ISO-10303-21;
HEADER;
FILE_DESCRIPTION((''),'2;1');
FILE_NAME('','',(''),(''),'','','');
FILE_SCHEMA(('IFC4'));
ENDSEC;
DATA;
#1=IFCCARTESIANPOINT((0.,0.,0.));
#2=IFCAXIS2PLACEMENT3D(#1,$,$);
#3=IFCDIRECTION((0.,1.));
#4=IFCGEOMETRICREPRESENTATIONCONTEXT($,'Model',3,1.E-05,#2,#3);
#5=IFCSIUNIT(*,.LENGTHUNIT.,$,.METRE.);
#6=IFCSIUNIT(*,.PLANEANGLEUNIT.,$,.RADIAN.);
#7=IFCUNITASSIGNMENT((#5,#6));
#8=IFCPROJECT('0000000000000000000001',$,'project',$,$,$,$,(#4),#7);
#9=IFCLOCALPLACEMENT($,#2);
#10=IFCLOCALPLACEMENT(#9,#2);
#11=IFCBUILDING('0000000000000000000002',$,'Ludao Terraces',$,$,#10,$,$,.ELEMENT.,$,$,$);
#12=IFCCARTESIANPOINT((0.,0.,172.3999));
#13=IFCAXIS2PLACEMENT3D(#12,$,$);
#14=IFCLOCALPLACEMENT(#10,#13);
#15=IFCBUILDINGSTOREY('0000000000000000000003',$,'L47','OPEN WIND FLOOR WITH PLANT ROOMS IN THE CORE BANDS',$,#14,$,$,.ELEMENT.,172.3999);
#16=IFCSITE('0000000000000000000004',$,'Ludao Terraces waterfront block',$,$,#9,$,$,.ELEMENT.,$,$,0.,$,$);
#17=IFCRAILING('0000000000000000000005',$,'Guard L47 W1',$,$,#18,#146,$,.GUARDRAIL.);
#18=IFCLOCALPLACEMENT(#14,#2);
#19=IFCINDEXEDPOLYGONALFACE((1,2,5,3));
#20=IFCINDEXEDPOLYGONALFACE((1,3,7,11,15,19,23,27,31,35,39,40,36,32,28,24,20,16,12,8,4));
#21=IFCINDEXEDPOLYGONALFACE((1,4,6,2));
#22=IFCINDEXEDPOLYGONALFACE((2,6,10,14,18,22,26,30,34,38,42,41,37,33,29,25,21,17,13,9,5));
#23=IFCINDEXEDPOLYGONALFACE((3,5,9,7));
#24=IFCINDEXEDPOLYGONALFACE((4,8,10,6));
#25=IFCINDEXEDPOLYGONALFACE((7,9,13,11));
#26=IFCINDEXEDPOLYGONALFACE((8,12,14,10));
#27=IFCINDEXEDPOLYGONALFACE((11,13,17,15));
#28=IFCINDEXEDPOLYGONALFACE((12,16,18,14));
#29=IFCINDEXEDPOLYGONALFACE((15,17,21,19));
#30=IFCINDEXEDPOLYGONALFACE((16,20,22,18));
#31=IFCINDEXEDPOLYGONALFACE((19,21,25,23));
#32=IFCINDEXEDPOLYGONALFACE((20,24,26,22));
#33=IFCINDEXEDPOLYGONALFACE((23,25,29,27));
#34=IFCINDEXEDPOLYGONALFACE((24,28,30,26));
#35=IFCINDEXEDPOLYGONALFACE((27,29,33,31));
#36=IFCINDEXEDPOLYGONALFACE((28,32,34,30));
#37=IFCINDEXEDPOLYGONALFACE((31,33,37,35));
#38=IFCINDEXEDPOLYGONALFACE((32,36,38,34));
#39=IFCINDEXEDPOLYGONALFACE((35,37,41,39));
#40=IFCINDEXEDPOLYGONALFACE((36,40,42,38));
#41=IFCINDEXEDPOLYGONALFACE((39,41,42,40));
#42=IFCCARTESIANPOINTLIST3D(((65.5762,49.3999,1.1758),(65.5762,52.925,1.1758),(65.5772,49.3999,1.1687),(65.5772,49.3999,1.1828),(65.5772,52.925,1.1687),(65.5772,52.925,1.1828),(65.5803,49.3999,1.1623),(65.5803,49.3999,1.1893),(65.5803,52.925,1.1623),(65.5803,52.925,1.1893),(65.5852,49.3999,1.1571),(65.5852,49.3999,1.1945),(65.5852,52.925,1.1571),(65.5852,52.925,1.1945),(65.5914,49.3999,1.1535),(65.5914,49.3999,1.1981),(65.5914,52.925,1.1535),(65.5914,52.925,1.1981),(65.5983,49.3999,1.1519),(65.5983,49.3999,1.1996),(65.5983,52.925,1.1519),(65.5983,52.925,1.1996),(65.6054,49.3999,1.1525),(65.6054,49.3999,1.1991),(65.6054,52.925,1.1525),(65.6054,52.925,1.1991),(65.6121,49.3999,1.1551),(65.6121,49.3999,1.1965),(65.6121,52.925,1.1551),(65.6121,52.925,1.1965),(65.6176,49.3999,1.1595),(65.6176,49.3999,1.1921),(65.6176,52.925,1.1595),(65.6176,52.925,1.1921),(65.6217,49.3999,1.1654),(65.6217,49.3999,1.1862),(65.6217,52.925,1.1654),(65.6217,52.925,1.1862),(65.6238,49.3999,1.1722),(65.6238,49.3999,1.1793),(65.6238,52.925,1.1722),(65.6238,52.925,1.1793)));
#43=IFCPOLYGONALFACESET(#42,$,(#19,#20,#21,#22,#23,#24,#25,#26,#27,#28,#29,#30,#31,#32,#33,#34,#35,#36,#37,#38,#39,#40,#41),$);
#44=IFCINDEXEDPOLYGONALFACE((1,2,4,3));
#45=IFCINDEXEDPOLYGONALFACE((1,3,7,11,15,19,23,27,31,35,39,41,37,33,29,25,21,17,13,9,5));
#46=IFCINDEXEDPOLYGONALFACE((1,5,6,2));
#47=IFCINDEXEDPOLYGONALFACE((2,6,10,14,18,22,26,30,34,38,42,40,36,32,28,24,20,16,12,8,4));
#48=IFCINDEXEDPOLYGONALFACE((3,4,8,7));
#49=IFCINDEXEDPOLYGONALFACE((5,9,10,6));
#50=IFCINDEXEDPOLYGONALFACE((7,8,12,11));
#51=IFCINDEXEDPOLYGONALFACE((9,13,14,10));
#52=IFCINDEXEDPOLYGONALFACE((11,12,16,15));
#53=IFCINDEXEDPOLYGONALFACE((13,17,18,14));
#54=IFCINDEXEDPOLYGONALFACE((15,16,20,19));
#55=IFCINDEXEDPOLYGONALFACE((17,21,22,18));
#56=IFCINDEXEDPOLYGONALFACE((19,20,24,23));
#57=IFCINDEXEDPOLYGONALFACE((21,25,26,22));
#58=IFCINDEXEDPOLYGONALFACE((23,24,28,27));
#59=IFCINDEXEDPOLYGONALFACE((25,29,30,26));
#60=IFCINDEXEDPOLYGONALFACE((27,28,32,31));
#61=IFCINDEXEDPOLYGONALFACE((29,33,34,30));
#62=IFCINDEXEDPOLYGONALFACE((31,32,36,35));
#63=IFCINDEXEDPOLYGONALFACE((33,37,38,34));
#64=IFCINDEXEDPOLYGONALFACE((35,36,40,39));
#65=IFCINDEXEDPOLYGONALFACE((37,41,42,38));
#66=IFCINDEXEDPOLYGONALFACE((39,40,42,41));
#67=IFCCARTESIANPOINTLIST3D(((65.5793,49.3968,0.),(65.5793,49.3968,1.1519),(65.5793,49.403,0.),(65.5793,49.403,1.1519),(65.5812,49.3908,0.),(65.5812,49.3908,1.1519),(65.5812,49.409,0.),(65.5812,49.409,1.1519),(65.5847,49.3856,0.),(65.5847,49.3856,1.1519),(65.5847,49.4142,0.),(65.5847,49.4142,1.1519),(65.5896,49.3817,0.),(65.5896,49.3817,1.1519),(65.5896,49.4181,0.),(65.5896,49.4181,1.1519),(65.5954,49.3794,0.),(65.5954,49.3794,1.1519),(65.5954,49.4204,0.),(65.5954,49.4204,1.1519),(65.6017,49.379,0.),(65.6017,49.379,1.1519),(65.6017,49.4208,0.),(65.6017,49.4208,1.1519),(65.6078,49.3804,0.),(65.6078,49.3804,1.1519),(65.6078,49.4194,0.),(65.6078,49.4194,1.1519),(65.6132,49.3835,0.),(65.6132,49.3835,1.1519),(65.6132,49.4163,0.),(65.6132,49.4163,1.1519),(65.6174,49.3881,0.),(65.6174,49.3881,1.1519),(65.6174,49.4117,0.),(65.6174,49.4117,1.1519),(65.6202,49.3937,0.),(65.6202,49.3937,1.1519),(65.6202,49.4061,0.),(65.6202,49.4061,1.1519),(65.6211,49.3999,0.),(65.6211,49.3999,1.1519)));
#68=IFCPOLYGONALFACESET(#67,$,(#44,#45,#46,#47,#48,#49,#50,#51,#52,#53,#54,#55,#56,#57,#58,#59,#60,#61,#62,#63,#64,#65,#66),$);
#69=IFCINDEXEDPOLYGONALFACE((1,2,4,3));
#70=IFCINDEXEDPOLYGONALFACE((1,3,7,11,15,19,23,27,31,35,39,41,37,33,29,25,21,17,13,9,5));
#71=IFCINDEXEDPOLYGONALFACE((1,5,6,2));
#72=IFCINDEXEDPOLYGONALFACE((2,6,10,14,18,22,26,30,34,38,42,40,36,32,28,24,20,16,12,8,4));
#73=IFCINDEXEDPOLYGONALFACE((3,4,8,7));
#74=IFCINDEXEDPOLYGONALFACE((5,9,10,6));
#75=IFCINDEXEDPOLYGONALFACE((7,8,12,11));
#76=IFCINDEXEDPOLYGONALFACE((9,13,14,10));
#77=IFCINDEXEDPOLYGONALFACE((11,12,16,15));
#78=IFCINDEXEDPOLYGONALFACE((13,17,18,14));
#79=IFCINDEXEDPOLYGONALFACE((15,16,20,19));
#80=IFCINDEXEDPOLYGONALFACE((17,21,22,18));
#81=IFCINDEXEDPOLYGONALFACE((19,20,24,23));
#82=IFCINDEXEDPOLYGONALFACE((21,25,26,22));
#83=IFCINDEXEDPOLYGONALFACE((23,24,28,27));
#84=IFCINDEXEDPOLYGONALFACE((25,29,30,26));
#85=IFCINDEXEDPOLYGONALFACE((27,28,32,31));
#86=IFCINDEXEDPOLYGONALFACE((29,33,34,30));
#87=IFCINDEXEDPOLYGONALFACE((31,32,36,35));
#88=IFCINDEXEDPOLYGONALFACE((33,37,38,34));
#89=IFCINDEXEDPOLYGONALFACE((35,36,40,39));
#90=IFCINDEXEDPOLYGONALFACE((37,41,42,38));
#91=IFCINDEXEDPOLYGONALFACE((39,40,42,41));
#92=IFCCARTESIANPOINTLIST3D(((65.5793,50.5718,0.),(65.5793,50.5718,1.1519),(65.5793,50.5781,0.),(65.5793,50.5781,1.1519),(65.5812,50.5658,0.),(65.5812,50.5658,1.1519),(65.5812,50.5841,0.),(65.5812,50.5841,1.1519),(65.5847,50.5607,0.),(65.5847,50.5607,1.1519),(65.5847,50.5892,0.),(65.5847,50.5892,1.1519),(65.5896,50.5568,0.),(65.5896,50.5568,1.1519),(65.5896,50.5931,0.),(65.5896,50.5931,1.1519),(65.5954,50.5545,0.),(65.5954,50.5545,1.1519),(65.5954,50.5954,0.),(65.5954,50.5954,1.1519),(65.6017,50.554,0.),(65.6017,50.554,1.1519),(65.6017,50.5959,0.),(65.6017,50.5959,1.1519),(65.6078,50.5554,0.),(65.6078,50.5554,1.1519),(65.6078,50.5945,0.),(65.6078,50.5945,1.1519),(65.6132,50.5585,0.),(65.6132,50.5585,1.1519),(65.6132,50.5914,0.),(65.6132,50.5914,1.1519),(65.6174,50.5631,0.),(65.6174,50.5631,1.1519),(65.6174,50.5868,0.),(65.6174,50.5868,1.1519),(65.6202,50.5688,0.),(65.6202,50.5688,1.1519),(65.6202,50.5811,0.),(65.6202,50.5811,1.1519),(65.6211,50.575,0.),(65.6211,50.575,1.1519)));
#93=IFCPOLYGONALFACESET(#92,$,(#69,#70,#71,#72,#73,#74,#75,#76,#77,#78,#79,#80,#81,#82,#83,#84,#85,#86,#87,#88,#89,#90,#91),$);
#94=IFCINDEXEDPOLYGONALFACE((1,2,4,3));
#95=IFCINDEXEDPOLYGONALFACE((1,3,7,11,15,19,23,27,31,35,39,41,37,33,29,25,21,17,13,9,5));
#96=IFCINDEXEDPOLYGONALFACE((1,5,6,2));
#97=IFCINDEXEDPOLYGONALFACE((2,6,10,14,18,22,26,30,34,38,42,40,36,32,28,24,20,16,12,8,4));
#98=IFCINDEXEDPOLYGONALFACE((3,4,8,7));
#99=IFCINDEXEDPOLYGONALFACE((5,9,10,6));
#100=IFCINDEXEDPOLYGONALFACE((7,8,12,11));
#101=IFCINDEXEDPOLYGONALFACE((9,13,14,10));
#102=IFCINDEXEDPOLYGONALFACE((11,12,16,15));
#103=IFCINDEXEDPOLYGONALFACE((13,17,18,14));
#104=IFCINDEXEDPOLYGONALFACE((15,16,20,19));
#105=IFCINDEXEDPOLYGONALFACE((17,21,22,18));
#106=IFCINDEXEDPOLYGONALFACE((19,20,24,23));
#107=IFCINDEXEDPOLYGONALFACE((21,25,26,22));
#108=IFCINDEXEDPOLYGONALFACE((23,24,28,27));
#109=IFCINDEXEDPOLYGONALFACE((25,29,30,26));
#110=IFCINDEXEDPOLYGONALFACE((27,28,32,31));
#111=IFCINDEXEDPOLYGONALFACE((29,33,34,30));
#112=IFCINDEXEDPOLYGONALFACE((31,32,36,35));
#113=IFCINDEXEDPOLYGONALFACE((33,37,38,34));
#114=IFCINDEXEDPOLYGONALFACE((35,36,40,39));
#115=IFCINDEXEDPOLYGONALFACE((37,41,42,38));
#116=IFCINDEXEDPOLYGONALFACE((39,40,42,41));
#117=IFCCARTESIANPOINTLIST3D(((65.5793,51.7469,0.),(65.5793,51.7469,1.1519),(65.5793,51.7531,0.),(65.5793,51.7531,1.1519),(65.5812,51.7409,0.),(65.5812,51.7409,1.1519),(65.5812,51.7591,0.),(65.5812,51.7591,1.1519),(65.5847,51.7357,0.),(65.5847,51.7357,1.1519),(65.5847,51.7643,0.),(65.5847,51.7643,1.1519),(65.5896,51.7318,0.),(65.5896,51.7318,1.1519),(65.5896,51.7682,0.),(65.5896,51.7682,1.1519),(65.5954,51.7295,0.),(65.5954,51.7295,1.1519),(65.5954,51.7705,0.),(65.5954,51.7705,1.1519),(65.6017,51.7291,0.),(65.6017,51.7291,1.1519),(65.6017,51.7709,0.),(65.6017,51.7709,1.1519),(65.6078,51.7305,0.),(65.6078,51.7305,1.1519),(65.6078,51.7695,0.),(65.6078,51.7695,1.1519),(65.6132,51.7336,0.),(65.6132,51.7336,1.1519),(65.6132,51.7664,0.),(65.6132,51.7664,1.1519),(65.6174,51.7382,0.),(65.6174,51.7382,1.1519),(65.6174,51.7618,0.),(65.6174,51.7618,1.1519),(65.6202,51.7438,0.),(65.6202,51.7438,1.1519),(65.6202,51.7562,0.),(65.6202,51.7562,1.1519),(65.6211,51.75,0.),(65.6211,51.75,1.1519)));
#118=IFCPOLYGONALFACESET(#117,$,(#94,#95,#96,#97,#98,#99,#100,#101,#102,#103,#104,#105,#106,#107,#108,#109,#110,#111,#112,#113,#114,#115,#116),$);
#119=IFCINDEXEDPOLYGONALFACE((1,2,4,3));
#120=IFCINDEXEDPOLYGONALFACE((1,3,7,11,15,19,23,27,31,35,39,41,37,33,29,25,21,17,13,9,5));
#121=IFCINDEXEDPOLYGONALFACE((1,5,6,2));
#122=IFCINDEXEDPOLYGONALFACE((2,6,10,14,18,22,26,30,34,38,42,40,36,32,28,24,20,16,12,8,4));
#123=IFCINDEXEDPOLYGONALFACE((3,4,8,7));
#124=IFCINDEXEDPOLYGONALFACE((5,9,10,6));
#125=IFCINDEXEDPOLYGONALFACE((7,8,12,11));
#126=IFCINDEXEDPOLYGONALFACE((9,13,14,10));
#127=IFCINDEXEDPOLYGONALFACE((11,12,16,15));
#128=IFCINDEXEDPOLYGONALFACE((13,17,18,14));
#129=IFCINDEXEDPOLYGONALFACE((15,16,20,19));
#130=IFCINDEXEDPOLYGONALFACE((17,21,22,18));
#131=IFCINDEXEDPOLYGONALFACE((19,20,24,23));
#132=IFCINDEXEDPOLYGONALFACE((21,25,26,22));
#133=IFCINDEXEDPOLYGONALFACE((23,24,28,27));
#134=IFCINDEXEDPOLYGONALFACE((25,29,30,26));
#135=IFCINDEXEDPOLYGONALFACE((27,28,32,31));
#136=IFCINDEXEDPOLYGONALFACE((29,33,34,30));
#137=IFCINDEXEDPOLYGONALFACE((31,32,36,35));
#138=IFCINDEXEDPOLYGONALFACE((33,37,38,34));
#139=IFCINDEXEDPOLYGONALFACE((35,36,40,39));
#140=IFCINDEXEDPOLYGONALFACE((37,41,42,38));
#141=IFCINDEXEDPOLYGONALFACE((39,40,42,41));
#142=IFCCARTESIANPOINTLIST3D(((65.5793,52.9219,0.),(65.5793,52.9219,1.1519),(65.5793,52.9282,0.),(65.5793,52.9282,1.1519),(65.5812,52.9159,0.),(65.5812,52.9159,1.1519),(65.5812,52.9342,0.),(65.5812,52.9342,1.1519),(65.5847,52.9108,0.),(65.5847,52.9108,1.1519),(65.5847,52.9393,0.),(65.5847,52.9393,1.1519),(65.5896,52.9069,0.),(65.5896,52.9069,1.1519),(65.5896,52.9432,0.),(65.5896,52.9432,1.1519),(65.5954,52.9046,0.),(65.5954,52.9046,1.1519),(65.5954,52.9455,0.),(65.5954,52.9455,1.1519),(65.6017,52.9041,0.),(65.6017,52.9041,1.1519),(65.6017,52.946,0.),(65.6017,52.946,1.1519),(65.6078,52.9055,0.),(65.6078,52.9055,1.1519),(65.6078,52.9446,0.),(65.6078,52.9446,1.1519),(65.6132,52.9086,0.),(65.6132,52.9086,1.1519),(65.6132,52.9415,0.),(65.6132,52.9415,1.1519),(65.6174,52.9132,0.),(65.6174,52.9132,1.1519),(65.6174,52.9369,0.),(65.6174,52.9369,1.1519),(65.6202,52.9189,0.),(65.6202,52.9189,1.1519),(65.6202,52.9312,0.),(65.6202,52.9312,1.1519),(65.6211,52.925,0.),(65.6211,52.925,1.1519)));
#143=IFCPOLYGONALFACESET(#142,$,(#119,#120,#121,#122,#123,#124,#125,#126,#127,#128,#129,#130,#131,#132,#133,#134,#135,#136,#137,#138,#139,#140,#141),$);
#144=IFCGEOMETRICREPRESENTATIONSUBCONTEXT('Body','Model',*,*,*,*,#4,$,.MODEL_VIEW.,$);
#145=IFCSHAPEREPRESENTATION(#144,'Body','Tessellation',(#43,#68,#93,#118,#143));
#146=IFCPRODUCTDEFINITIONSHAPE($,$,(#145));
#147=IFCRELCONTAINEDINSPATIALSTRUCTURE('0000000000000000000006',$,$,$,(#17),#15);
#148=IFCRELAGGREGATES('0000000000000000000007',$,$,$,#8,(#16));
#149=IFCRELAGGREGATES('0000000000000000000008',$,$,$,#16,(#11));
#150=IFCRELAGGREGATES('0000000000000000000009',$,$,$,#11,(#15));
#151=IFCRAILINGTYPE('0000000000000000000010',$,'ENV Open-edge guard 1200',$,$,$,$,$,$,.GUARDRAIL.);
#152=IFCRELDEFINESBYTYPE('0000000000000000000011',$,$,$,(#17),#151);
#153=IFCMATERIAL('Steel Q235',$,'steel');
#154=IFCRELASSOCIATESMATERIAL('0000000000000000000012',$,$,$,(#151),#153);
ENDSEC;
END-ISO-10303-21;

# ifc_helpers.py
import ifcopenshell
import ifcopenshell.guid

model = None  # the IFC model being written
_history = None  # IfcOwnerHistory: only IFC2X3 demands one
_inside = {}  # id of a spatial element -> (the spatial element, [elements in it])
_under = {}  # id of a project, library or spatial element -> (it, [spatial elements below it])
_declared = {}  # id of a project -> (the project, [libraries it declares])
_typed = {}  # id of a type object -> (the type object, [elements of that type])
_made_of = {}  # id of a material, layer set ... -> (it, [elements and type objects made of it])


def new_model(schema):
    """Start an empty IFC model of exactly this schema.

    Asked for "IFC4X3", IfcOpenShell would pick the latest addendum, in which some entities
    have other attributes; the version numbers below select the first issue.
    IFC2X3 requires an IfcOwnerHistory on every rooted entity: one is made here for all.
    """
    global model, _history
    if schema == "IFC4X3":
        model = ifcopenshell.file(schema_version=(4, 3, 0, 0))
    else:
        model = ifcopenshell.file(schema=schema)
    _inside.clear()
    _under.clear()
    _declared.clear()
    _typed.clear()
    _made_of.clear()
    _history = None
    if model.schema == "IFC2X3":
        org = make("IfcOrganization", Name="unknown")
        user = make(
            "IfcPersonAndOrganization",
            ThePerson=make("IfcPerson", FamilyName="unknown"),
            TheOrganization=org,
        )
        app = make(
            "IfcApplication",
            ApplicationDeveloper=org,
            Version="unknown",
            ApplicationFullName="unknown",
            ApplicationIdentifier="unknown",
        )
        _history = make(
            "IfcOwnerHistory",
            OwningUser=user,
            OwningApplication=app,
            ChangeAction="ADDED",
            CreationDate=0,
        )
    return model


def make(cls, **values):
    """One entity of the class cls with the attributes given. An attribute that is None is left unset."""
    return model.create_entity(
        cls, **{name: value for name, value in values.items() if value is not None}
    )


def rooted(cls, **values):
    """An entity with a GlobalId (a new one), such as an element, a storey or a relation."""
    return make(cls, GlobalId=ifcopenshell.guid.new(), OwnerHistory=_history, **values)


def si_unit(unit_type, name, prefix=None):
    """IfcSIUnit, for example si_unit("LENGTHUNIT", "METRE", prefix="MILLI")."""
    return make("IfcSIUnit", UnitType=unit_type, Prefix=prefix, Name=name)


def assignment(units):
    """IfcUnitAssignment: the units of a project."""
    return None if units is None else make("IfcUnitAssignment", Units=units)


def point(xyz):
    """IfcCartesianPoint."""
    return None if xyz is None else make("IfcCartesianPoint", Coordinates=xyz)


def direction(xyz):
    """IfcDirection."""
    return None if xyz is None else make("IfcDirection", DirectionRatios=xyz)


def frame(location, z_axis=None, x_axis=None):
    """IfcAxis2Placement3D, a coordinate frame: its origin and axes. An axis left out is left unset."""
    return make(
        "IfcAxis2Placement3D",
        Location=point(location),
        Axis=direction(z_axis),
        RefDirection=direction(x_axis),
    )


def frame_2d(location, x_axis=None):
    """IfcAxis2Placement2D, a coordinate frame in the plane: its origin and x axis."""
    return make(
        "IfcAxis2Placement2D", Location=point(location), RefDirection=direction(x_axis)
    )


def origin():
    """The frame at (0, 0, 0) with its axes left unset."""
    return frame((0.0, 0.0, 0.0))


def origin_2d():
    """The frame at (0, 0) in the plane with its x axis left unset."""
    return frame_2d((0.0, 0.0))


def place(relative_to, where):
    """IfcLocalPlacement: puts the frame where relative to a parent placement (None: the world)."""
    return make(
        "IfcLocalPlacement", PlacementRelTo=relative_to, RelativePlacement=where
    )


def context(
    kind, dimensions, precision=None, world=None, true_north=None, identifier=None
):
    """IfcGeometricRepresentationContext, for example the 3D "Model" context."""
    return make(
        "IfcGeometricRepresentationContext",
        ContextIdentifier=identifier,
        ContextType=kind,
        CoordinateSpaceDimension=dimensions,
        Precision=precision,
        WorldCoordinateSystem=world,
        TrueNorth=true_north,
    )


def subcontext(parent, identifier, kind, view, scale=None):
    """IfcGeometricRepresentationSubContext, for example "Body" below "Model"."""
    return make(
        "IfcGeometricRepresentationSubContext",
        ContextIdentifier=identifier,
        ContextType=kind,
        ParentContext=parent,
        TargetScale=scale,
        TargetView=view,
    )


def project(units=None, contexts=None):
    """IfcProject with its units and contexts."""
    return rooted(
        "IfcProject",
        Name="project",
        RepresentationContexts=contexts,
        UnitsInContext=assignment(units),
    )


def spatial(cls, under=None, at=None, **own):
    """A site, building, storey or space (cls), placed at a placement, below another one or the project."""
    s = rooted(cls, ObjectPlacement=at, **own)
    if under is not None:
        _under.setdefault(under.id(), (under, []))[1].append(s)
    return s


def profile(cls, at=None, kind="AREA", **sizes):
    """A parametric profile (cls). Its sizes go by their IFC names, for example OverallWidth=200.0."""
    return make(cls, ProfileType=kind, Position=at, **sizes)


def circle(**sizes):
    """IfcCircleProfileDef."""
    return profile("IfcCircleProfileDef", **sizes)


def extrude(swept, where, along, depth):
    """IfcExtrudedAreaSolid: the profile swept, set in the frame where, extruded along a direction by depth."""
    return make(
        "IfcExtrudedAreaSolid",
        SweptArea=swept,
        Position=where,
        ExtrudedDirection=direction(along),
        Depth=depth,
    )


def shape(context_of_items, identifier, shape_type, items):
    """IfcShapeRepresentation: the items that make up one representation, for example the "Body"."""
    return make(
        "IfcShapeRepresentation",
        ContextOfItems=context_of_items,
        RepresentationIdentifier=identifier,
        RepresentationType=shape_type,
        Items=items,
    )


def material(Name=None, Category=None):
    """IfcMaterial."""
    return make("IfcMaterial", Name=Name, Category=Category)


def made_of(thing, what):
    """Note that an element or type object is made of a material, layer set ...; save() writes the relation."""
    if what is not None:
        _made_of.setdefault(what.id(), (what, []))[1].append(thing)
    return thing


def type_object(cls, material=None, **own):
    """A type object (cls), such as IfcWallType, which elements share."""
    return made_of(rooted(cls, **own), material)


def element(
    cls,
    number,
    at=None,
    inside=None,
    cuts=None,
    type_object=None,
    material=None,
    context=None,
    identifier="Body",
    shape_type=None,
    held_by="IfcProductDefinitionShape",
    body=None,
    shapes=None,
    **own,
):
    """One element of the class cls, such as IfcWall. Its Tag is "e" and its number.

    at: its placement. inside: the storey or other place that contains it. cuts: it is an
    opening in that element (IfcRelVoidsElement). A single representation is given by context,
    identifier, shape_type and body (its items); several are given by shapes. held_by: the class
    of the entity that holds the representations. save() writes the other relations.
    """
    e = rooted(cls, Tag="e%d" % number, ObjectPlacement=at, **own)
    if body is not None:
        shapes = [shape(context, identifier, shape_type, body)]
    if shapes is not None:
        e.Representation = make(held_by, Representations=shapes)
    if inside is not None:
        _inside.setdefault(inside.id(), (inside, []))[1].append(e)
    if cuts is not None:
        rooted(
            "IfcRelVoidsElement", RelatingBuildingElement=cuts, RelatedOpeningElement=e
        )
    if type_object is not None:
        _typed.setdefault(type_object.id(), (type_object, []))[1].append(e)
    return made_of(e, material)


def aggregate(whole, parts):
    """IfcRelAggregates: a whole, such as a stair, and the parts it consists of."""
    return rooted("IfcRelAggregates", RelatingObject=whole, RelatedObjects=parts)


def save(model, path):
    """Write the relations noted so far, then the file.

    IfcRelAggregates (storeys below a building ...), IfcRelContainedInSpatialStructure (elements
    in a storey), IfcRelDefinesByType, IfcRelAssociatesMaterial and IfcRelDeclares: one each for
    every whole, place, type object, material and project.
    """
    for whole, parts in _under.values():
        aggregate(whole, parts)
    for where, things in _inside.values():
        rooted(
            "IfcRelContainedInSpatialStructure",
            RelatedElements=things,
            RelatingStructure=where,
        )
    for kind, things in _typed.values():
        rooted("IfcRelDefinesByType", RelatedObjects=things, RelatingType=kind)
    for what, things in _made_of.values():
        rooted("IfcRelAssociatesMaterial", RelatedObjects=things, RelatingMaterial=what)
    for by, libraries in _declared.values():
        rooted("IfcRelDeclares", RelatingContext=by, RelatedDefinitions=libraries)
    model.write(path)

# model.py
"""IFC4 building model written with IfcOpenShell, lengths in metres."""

from ifc_helpers import new_model, si_unit, direction, frame, origin, origin_2d, place, context, subcontext, project, spatial, circle, extrude, material, type_object, element, save


model = new_model("IFC4")

# Units and contexts
model_context = context("Model", 3, precision=1e-05, world=origin(), true_north=direction((0.0, 1.0)))
body_context = subcontext(model_context, "Body", "Model", "MODEL_VIEW")
ifc_project = project(units=[si_unit("LENGTHUNIT", "METRE"), si_unit("PLANEANGLEUNIT", "RADIAN")], contexts=[model_context])

# Site, building, storey
site_placement = place(None, origin())
site = spatial("IfcSite", under=ifc_project, at=site_placement, Name="Ludao Terraces waterfront block", CompositionType="ELEMENT", RefElevation=0.0)
building_placement = place(site_placement, origin())
building = spatial("IfcBuilding", under=site, at=building_placement, Name="Ludao Terraces", CompositionType="ELEMENT")
storey_placement = place(building_placement, frame((0.0, 0.0, 172.3999)))
storey = spatial("IfcBuildingStorey", under=building, at=storey_placement, Name="L47", Description="OPEN WIND FLOOR WITH PLANT ROOMS IN THE CORE BANDS", CompositionType="ELEMENT", Elevation=172.3999)

# Railing
ifc_material_1 = material(Name="Steel Q235", Category="steel")
railing_type = type_object("IfcRailingType", Name="ENV Open-edge guard 1200", PredefinedType="GUARDRAIL", material=ifc_material_1)
railing_1_placement = place(storey_placement, frame((65.6001, 49.3999, 0.0)))
element("IfcRailing", 1, at=railing_1_placement, inside=storey, type_object=railing_type, Name="Guard L47 W1", PredefinedType="GUARDRAIL", context=body_context, shape_type="SweptSolid", body=[
    extrude(circle(Radius=0.0239, at=origin_2d()), frame((0.0, 0.0, 1.1758), z_axis=(0.0, 1.0, 0.0), x_axis=(-1.0, 0.0, 0.0)), (0.0, 0.0, 1.0), 3.5251),
    extrude(circle(Radius=0.021, at=origin_2d()), origin(), (0.0, 0.0, 1.0), 1.1519),
    extrude(circle(Radius=0.021, at=origin_2d()), frame((0.0, 1.175, 0.0)), (0.0, 0.0, 1.0), 1.1519),
    extrude(circle(Radius=0.021, at=origin_2d()), frame((0.0, 2.3501, 0.0)), (0.0, 0.0, 1.0), 1.1519),
    extrude(circle(Radius=0.021, at=origin_2d()), frame((0.0, 3.5251, 0.0)), (0.0, 0.0, 1.0), 1.1519),
])

save(model, "model.ifc")
